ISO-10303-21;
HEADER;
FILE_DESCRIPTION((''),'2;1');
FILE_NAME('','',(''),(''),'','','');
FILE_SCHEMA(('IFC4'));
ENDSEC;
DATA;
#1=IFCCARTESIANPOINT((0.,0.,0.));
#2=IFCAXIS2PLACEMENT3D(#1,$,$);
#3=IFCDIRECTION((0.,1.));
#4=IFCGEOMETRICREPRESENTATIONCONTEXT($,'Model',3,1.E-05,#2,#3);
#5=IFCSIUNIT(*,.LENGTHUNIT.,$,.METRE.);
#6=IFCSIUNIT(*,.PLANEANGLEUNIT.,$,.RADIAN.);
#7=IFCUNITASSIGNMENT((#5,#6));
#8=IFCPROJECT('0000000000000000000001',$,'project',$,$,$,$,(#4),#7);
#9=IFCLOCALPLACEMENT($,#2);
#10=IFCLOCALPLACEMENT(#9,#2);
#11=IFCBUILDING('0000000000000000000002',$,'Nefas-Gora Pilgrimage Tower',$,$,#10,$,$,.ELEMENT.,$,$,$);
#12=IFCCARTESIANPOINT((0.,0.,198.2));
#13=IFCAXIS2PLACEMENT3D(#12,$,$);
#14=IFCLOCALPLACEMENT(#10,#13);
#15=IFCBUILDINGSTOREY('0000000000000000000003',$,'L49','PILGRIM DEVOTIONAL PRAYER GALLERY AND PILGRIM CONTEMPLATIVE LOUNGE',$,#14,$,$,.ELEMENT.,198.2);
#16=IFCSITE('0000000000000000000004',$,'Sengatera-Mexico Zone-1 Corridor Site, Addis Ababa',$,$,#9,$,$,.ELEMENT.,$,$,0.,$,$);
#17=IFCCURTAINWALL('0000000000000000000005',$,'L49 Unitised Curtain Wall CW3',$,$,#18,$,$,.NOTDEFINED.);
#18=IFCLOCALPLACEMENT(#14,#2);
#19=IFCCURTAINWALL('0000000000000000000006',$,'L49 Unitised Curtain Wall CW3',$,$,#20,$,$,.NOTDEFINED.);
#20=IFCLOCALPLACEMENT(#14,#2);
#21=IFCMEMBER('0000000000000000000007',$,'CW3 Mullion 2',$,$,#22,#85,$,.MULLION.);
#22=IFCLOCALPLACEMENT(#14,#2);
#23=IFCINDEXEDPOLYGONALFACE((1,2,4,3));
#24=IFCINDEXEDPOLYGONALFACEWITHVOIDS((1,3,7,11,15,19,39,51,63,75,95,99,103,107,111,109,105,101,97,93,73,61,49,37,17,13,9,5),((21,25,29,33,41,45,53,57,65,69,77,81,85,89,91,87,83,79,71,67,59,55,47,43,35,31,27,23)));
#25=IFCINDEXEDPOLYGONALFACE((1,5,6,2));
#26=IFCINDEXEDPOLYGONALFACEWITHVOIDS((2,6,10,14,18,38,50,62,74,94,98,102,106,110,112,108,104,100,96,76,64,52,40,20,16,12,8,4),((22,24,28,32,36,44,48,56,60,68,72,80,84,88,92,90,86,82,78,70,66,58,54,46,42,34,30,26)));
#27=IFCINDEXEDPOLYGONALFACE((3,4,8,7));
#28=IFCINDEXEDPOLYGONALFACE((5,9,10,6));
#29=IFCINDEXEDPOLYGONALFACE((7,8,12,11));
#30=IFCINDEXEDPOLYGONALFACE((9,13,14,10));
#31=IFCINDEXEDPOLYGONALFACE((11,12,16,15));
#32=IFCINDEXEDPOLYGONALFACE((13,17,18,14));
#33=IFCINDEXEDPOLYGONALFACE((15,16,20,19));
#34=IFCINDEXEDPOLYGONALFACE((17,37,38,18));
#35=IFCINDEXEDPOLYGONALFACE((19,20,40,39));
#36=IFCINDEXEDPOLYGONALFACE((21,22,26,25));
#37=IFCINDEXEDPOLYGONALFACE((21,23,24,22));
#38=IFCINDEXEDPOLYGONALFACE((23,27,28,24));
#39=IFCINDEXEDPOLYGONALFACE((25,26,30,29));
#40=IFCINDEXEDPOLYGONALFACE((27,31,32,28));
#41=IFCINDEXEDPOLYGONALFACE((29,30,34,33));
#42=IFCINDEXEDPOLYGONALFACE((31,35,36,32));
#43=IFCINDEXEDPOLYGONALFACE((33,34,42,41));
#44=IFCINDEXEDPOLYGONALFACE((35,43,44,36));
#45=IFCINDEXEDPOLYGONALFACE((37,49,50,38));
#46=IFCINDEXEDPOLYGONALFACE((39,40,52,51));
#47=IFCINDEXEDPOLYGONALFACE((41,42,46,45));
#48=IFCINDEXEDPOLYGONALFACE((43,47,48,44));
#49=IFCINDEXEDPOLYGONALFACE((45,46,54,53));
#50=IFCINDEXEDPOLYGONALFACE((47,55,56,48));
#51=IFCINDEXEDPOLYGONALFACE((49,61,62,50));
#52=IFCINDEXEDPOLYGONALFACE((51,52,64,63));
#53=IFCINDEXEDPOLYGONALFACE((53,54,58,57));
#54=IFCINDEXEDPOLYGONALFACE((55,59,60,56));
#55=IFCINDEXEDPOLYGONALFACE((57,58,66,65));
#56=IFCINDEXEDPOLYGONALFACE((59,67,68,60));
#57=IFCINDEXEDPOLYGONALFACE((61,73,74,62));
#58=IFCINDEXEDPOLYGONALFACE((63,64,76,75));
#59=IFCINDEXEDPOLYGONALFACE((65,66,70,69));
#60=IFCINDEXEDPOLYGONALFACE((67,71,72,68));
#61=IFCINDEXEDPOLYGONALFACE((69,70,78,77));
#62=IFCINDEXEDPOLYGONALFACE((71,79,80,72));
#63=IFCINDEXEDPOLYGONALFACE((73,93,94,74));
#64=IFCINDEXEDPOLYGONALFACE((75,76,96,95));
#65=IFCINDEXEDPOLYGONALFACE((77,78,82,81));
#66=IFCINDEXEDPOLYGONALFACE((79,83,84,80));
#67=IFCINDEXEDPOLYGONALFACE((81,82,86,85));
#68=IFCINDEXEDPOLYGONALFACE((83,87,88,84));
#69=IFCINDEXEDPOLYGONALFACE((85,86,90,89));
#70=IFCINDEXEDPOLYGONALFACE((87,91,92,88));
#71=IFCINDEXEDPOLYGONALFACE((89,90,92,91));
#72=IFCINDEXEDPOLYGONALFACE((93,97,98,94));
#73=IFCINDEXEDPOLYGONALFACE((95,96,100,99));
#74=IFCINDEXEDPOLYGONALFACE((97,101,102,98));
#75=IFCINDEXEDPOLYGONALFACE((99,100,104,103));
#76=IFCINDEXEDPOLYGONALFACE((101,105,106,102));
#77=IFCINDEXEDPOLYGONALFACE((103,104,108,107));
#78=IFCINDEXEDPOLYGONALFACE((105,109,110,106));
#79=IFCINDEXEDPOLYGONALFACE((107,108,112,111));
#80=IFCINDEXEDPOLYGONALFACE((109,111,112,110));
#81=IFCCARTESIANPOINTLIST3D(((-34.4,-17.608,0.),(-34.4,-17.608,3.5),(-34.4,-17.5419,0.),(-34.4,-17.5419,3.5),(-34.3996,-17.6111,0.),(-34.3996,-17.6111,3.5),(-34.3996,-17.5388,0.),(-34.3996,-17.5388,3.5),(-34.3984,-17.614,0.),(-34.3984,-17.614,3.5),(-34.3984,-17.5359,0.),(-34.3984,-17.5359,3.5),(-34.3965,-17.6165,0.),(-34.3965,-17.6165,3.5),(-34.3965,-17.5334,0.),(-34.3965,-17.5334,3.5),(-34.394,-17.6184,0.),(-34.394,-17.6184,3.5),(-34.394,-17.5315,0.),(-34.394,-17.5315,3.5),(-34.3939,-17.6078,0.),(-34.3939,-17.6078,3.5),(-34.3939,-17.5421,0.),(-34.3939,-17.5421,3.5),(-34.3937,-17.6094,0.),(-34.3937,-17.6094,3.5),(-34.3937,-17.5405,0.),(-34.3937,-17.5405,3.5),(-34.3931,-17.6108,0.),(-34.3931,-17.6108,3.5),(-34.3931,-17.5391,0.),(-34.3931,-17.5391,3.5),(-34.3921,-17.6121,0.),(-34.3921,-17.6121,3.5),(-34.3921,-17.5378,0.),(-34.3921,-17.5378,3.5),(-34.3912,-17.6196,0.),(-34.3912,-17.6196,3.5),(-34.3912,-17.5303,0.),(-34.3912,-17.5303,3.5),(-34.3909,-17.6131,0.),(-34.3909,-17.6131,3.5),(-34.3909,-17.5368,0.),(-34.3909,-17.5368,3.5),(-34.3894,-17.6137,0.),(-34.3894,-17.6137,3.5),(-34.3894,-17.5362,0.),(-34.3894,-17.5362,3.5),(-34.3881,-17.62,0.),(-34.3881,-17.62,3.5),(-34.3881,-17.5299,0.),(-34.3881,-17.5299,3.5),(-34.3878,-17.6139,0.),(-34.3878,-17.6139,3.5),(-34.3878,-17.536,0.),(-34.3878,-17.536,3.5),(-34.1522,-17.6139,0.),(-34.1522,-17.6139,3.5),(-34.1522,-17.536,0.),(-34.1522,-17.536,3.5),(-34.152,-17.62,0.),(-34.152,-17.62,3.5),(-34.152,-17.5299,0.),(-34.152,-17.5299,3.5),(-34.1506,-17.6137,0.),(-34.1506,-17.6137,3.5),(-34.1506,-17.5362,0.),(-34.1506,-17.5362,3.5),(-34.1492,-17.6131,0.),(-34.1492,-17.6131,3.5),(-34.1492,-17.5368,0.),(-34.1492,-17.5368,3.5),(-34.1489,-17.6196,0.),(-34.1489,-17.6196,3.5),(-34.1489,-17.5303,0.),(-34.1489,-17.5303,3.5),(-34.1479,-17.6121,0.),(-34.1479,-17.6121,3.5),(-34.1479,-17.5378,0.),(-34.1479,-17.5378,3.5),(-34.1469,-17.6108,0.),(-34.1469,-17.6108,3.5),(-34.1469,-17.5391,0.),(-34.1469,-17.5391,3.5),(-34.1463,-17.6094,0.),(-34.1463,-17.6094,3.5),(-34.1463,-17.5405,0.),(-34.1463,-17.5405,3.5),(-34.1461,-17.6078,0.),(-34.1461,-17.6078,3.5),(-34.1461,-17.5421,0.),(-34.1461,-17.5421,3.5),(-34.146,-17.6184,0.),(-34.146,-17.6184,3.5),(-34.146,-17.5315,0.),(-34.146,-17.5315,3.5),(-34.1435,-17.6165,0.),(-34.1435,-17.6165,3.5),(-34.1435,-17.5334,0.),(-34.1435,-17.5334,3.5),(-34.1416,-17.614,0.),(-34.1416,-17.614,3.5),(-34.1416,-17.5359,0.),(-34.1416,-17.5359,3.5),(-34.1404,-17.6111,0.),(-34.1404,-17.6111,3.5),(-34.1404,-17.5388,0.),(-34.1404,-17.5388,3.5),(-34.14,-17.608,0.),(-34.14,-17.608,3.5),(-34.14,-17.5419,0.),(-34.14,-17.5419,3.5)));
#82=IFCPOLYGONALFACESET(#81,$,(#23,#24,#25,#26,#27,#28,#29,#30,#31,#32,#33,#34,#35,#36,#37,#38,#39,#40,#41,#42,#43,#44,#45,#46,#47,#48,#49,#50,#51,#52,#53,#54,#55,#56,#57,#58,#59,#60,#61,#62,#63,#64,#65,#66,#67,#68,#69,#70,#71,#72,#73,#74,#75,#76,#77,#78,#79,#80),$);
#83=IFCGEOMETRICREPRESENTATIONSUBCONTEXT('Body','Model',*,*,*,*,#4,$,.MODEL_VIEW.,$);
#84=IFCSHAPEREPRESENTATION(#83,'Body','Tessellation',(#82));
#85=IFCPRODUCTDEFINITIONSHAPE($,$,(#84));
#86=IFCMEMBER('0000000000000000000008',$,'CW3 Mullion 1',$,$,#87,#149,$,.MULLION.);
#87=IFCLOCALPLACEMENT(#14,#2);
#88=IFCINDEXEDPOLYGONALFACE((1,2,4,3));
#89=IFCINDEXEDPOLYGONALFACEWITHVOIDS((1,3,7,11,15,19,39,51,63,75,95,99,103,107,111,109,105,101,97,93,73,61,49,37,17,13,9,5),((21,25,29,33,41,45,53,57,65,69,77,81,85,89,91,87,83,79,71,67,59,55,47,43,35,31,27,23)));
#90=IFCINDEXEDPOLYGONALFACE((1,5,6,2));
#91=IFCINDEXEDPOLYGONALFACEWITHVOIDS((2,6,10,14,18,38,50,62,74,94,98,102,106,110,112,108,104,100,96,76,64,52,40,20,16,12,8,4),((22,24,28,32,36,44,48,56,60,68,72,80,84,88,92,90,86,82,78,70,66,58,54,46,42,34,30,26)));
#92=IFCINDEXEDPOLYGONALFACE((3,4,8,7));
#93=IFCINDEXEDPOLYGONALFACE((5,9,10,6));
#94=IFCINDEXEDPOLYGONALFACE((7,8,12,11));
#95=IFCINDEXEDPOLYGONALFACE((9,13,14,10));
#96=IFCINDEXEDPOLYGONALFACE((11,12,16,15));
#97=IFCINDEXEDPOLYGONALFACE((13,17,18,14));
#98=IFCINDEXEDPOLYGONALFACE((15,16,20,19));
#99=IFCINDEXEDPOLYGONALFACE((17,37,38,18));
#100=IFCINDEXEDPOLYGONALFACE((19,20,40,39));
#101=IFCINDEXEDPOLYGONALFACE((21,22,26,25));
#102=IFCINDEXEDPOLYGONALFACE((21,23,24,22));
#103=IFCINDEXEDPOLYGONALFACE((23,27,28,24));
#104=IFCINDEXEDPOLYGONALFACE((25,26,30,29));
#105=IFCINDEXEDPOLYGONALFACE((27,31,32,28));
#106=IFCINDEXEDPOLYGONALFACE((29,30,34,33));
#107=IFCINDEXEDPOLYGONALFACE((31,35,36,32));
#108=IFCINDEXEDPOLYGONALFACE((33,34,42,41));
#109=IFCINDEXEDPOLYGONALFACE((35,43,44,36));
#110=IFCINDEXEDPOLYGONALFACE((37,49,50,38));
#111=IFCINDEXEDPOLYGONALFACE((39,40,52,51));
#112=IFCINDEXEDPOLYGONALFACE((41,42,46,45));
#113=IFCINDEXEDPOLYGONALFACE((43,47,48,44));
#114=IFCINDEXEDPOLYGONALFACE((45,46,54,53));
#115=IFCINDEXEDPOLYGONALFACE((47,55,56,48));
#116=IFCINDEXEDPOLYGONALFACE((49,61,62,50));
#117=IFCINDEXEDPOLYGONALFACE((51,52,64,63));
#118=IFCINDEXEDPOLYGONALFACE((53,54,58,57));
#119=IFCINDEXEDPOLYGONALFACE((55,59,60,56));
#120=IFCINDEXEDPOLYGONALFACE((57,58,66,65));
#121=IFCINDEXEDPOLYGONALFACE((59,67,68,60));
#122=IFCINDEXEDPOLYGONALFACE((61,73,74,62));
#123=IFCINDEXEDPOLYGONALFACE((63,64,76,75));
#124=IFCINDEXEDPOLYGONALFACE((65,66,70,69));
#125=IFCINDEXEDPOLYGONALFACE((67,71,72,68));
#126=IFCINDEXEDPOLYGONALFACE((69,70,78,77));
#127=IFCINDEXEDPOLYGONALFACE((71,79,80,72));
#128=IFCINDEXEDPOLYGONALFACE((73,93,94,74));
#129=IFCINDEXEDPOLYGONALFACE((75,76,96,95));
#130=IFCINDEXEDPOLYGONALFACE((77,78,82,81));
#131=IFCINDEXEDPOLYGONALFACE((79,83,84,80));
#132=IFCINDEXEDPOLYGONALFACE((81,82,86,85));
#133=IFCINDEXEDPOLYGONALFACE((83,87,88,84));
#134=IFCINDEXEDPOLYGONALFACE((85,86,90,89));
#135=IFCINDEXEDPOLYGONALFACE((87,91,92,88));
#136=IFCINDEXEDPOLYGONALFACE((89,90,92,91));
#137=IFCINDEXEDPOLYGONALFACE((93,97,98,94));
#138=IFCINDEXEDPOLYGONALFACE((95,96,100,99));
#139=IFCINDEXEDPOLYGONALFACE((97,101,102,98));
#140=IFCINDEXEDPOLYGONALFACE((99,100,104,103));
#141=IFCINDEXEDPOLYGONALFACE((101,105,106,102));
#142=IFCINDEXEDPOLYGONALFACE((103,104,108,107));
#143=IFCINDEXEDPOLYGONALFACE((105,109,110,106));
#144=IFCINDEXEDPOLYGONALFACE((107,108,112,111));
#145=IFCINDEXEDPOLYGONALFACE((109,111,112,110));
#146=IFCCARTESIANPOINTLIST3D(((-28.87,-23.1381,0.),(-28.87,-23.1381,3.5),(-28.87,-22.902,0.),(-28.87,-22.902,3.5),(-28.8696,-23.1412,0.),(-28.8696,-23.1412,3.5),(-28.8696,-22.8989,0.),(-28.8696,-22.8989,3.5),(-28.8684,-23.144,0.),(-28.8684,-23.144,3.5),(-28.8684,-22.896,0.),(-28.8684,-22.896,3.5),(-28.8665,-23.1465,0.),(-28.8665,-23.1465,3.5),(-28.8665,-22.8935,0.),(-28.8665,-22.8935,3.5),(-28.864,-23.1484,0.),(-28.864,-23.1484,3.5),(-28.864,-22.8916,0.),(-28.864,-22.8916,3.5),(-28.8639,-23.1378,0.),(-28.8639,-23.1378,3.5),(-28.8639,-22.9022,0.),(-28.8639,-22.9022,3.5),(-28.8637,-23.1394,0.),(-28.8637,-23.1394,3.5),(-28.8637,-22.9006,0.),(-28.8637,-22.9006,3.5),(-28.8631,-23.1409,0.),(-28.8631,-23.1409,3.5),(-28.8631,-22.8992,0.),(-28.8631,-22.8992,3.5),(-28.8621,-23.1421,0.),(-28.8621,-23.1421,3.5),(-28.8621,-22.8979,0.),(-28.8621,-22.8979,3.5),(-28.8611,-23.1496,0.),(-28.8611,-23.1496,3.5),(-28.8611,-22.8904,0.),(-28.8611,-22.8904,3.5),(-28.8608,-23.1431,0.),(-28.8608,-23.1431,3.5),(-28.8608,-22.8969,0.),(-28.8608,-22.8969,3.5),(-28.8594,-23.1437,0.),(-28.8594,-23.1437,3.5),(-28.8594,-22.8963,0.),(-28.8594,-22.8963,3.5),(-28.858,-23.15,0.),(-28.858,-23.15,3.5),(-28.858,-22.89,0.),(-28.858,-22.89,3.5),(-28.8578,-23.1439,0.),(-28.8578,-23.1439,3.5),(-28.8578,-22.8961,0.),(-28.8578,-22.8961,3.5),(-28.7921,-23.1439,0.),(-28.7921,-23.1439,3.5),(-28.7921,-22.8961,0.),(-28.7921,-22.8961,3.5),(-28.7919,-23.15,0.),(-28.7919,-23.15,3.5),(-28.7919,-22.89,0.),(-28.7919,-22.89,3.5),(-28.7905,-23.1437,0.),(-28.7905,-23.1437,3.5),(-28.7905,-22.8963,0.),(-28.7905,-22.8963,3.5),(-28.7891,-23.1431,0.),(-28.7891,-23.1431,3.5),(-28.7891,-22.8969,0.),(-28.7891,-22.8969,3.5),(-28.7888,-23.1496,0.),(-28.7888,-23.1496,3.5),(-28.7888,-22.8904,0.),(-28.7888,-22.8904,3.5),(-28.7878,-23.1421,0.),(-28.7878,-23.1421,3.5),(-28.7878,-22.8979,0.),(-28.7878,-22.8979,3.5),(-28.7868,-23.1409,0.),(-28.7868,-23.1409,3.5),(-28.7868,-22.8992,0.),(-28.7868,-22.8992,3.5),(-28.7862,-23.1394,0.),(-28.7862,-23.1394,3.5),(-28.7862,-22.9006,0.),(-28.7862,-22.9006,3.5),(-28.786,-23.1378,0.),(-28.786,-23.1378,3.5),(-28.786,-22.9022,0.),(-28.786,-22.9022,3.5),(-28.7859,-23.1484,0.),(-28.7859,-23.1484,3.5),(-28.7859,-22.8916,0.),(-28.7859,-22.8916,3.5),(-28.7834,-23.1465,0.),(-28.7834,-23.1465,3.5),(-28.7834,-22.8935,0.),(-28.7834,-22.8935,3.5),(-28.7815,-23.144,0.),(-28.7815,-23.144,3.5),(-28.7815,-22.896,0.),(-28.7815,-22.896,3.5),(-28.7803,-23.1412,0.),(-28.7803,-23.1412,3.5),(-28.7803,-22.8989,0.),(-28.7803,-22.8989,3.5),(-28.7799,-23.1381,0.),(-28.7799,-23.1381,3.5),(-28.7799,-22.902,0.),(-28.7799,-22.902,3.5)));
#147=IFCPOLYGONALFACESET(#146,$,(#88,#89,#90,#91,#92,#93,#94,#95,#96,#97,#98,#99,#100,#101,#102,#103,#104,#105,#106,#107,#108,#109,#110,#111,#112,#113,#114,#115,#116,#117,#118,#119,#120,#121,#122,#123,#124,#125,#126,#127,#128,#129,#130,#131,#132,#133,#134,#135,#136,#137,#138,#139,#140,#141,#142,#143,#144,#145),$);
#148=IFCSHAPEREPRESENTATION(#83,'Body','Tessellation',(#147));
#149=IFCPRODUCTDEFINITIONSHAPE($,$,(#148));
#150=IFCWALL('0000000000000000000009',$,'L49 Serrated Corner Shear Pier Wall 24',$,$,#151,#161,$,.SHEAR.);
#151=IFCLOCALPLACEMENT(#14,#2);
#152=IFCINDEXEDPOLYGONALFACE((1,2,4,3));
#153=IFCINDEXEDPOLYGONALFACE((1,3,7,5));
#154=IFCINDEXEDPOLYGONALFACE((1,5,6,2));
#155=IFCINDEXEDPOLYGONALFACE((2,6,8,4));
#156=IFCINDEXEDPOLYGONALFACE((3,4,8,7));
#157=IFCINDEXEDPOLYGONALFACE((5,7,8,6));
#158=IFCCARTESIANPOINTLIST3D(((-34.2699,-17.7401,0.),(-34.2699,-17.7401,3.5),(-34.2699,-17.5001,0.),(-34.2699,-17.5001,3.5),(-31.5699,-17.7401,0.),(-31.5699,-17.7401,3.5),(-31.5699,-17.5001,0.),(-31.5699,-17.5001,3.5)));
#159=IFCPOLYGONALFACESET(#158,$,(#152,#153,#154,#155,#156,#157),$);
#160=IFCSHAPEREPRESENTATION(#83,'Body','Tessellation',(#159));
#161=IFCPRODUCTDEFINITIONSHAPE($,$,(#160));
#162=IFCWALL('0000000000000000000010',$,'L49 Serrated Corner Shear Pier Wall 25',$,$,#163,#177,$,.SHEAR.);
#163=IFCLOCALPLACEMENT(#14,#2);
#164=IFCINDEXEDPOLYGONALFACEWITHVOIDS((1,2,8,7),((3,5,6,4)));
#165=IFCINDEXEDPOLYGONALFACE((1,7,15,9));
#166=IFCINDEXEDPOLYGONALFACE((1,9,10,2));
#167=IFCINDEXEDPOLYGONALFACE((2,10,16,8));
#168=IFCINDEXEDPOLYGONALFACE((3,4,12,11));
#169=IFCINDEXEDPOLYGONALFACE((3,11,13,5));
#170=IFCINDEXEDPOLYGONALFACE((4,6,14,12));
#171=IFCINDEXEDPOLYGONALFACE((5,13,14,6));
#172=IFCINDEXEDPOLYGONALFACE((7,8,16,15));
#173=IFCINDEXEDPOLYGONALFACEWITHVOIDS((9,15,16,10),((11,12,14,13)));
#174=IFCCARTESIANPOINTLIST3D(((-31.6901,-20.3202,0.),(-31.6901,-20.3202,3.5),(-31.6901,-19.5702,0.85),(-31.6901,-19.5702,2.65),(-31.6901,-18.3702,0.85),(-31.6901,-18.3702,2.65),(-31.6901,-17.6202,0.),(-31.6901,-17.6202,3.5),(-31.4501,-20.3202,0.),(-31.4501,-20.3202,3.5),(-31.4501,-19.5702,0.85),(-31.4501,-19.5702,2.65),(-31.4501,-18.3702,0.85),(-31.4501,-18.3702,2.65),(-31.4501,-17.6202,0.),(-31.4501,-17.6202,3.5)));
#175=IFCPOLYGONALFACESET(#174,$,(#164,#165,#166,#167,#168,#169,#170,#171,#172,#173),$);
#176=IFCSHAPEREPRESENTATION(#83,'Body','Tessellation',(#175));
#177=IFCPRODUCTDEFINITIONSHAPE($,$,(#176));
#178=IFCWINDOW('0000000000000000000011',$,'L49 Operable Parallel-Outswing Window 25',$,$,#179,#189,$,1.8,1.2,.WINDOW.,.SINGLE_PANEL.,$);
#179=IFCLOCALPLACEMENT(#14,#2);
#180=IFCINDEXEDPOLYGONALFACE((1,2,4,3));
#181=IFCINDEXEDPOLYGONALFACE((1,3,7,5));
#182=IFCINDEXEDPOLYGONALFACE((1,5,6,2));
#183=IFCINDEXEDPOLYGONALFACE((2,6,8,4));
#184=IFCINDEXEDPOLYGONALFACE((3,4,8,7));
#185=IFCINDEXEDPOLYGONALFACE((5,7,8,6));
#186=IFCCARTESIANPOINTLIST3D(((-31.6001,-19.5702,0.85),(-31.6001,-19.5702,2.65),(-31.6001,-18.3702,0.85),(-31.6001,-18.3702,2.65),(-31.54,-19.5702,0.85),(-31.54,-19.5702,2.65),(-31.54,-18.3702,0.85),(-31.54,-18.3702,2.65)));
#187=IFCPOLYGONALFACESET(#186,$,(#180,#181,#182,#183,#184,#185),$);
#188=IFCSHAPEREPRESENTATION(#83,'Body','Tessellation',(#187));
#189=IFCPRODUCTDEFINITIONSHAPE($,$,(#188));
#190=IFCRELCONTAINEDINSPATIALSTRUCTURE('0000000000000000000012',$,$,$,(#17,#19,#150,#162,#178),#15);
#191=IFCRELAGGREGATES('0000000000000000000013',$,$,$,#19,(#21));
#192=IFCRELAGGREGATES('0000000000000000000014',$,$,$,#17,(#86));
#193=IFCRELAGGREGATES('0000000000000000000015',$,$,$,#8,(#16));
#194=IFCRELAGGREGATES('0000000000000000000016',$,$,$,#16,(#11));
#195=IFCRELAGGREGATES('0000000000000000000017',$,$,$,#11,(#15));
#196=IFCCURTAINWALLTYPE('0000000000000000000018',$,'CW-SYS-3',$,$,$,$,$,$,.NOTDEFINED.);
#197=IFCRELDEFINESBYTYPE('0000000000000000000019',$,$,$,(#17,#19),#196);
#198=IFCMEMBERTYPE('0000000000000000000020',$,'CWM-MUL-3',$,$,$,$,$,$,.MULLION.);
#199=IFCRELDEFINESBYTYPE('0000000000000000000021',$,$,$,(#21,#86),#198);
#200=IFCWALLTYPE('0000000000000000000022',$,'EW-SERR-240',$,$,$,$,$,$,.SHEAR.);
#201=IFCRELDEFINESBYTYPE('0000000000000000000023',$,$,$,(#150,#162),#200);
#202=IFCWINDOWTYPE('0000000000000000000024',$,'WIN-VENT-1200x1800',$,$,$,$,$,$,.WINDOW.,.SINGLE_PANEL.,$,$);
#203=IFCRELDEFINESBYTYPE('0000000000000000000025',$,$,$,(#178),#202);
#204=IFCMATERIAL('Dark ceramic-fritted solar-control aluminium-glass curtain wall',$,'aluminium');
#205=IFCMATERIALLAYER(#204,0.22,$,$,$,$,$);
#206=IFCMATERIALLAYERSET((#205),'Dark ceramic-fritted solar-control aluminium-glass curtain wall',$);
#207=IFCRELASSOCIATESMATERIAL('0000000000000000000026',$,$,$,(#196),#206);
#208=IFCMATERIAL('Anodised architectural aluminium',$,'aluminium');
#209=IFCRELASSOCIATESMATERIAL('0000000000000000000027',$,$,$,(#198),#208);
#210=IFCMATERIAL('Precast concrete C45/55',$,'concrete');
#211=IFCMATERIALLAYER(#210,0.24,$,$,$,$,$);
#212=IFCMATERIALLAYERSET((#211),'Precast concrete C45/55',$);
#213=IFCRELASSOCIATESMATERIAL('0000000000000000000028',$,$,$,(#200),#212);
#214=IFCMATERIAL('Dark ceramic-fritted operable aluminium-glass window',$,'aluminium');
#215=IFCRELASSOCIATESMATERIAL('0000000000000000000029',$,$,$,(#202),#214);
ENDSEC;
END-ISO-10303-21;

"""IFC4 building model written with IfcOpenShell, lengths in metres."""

from ifc_helpers import new_model, si_unit, direction, frame, frame_2d, origin, origin_2d, place, context, subcontext, project, spatial, rectangle, hollow_rectangle, extrude, source, transform, mapped, material, layer, layer_set, material_profile, profile_set, type_object, element, fill, aggregate, save


model = new_model("IFC4")

# Units and contexts
model_context = context("Model", 3, precision=1e-05, world=origin(), true_north=direction((0.0, 1.0)))
body_context = subcontext(model_context, "Body", "Model", "MODEL_VIEW")
ifc_project = project(units=[si_unit("LENGTHUNIT", "METRE"), si_unit("PLANEANGLEUNIT", "RADIAN")], contexts=[model_context])

# Site, building, storey
site_placement = place(None, origin())
site = spatial("IfcSite", under=ifc_project, at=site_placement, Name="Sengatera-Mexico Zone-1 Corridor Site, Addis Ababa", CompositionType="ELEMENT", RefElevation=0.0)
building_placement = place(site_placement, origin())
building = spatial("IfcBuilding", under=site, at=building_placement, Name="Nefas-Gora Pilgrimage Tower", CompositionType="ELEMENT")
storey_placement = place(building_placement, frame((0.0, 0.0, 198.2)))
storey = spatial("IfcBuildingStorey", under=building, at=storey_placement, Name="L49", Description="PILGRIM DEVOTIONAL PRAYER GALLERY AND PILGRIM CONTEMPLATIVE LOUNGE", CompositionType="ELEMENT", Elevation=198.2)

# Curtain walls, member
ifc_material_1 = material(Name="Dark ceramic-fritted solar-control aluminium-glass curtain wall", Category="aluminium")
ifc_layer_1 = layer(ifc_material_1, 0.22)
ifc_layer_set_1 = layer_set([ifc_layer_1], Name="Dark ceramic-fritted solar-control aluminium-glass curtain wall")
curtain_wall_type = type_object("IfcCurtainWallType", Name="CW-SYS-3", PredefinedType="NOTDEFINED", material=ifc_layer_set_1)
curtain_wall_1_placement = place(storey_placement, origin())
curtain_wall_1 = element("IfcCurtainWall", 1, at=curtain_wall_1_placement, inside=storey, type_object=curtain_wall_type, Name="L49 Unitised Curtain Wall CW3", PredefinedType="NOTDEFINED")
ifc_material_2 = material(Name="Anodised architectural aluminium", Category="aluminium")
curtain_wall_2_placement = place(storey_placement, origin())
curtain_wall_2 = element("IfcCurtainWall", 2, at=curtain_wall_2_placement, inside=storey, type_object=curtain_wall_type, Name="L49 Unitised Curtain Wall CW3", PredefinedType="NOTDEFINED")
ifc_material_profile_1 = material_profile(ifc_material_2, hollow_rectangle(XDim=0.0901, YDim=0.26, WallThickness=0.0061, InnerFilletRadius=0.0061, OuterFilletRadius=0.012, at=origin_2d()), Name="ALU MULLION 90x260")
ifc_profile_set_1 = profile_set([ifc_material_profile_1], Name="Anodised architectural aluminium")
member_type_1 = type_object("IfcMemberType", Name="CWM-MUL-3", PredefinedType="MULLION", material=ifc_profile_set_1)
shared_shape_1 = source(origin(), body_context, "Body", "SweptSolid", [
    extrude(hollow_rectangle(XDim=0.0901, YDim=0.26, WallThickness=0.0061, InnerFilletRadius=0.0061, OuterFilletRadius=0.012, at=origin_2d()), origin(), (0.0, 0.0, 1.0), 3.5),
])
member_1_placement = place(storey_placement, frame((-34.27, -17.575, 0.0), z_axis=(0.0, 0.0, 1.0), x_axis=(0.0, -1.0, 0.0)))
member_1 = element("IfcMember", 3, at=member_1_placement, type_object=member_type_1, Name="CW3 Mullion 2", PredefinedType="MULLION", context=body_context, shape_type="MappedRepresentation", body=[
    mapped(shared_shape_1, transform((0.0, 0.0, 0.0), x_axis=(1.0, 0.0, 0.0), y_axis=(0.0, 1.0, 0.0), z_axis=(0.0, 0.0, 1.0), scale=1.0)),
])
aggregate(curtain_wall_2, [member_1])

# Member
member_2_placement = place(storey_placement, frame((-28.825, -23.02, 0.0), z_axis=(0.0, 0.0, 1.0), x_axis=(1.0, 0.0, 0.0)))
member_2 = element("IfcMember", 4, at=member_2_placement, type_object=member_type_1, Name="CW3 Mullion 1", PredefinedType="MULLION", context=body_context, shape_type="MappedRepresentation", body=[
    mapped(shared_shape_1, transform((0.0, 0.0, 0.0), x_axis=(1.0, 0.0, 0.0), y_axis=(0.0, 1.0, 0.0), z_axis=(0.0, 0.0, 1.0), scale=1.0)),
])
aggregate(curtain_wall_1, [member_2])

# Wall
ifc_material_3 = material(Name="Precast concrete C45/55", Category="concrete")
ifc_layer_2 = layer(ifc_material_3, 0.24)
ifc_layer_set_2 = layer_set([ifc_layer_2], Name="Precast concrete C45/55")
wall_type_1 = type_object("IfcWallType", Name="EW-SERR-240", PredefinedType="SHEAR", material=ifc_layer_set_2)
shared_shape_2 = source(origin(), body_context, "Body", "SweptSolid", [
    extrude(rectangle(XDim=2.7, YDim=0.24, at=frame_2d((1.3501, 0.0))), origin(), (0.0, 0.0, 1.0), 3.5),
])
wall_1_placement = place(storey_placement, frame((-34.27, -17.6201, 0.0), z_axis=(0.0, 0.0, 1.0), x_axis=(1.0, 0.0, 0.0)))
element("IfcWall", 5, at=wall_1_placement, inside=storey, type_object=wall_type_1, Name="L49 Serrated Corner Shear Pier Wall 24", PredefinedType="SHEAR", context=body_context, shape_type="MappedRepresentation", body=[
    mapped(shared_shape_2, transform((0.0, 0.0, 0.0), x_axis=(1.0, 0.0, 0.0), y_axis=(0.0, 1.0, 0.0), z_axis=(0.0, 0.0, 1.0), scale=1.0)),
])

# Wall, opening, window
wall_2_placement = place(storey_placement, frame((-31.5701, -17.6201, 0.0), z_axis=(0.0, 0.0, 1.0), x_axis=(0.0, -1.0, 0.0)))
wall_2 = element("IfcWall", 6, at=wall_2_placement, inside=storey, type_object=wall_type_1, Name="L49 Serrated Corner Shear Pier Wall 25", PredefinedType="SHEAR", context=body_context, shape_type="MappedRepresentation", body=[
    mapped(shared_shape_2, transform((0.0, 0.0, 0.0), x_axis=(1.0, 0.0, 0.0), y_axis=(0.0, 1.0, 0.0), z_axis=(0.0, 0.0, 1.0), scale=1.0)),
])
opening_placement = place(wall_2_placement, frame((0.75, 0.0, 0.8501)))
opening = element("IfcOpeningElement", 7, at=opening_placement, cuts=wall_2, PredefinedType="OPENING", context=body_context, shape_type="SweptSolid", body=[
    extrude(rectangle(XDim=1.2, YDim=1.8, at=frame_2d((0.6001, 0.8999))), frame((0.0, 0.1299, 0.0), z_axis=(0.0, -1.0, 0.0), x_axis=(1.0, 0.0, 0.0)), (0.0, 0.0, 1.0), 0.26),
])
ifc_material_4 = material(Name="Dark ceramic-fritted operable aluminium-glass window", Category="aluminium")
window_type = type_object("IfcWindowType", Name="WIN-VENT-1200x1800", PartitioningType="SINGLE_PANEL", PredefinedType="WINDOW", material=ifc_material_4)
shared_shape_3 = source(origin(), body_context, "Body", "SweptSolid", [
    extrude(rectangle(XDim=1.2, YDim=1.8, at=frame_2d((0.6001, 0.8999))), frame((0.0, 0.03, 0.0), z_axis=(0.0, -1.0, 0.0), x_axis=(1.0, 0.0, 0.0)), (0.0, 0.0, 1.0), 0.0601),
])
window_placement = place(opening_placement, origin())
window = element("IfcWindow", 8, at=window_placement, inside=storey, type_object=window_type, Name="L49 Operable Parallel-Outswing Window 25", OverallHeight=1.8, OverallWidth=1.2, PartitioningType="SINGLE_PANEL", PredefinedType="WINDOW", context=body_context, shape_type="MappedRepresentation", body=[
    mapped(shared_shape_3, transform((0.0, 0.0, 0.0), x_axis=(1.0, 0.0, 0.0), y_axis=(0.0, 1.0, 0.0), z_axis=(0.0, 0.0, 1.0), scale=1.0)),
])
fill(opening, window)

save(model, "model.ifc")
